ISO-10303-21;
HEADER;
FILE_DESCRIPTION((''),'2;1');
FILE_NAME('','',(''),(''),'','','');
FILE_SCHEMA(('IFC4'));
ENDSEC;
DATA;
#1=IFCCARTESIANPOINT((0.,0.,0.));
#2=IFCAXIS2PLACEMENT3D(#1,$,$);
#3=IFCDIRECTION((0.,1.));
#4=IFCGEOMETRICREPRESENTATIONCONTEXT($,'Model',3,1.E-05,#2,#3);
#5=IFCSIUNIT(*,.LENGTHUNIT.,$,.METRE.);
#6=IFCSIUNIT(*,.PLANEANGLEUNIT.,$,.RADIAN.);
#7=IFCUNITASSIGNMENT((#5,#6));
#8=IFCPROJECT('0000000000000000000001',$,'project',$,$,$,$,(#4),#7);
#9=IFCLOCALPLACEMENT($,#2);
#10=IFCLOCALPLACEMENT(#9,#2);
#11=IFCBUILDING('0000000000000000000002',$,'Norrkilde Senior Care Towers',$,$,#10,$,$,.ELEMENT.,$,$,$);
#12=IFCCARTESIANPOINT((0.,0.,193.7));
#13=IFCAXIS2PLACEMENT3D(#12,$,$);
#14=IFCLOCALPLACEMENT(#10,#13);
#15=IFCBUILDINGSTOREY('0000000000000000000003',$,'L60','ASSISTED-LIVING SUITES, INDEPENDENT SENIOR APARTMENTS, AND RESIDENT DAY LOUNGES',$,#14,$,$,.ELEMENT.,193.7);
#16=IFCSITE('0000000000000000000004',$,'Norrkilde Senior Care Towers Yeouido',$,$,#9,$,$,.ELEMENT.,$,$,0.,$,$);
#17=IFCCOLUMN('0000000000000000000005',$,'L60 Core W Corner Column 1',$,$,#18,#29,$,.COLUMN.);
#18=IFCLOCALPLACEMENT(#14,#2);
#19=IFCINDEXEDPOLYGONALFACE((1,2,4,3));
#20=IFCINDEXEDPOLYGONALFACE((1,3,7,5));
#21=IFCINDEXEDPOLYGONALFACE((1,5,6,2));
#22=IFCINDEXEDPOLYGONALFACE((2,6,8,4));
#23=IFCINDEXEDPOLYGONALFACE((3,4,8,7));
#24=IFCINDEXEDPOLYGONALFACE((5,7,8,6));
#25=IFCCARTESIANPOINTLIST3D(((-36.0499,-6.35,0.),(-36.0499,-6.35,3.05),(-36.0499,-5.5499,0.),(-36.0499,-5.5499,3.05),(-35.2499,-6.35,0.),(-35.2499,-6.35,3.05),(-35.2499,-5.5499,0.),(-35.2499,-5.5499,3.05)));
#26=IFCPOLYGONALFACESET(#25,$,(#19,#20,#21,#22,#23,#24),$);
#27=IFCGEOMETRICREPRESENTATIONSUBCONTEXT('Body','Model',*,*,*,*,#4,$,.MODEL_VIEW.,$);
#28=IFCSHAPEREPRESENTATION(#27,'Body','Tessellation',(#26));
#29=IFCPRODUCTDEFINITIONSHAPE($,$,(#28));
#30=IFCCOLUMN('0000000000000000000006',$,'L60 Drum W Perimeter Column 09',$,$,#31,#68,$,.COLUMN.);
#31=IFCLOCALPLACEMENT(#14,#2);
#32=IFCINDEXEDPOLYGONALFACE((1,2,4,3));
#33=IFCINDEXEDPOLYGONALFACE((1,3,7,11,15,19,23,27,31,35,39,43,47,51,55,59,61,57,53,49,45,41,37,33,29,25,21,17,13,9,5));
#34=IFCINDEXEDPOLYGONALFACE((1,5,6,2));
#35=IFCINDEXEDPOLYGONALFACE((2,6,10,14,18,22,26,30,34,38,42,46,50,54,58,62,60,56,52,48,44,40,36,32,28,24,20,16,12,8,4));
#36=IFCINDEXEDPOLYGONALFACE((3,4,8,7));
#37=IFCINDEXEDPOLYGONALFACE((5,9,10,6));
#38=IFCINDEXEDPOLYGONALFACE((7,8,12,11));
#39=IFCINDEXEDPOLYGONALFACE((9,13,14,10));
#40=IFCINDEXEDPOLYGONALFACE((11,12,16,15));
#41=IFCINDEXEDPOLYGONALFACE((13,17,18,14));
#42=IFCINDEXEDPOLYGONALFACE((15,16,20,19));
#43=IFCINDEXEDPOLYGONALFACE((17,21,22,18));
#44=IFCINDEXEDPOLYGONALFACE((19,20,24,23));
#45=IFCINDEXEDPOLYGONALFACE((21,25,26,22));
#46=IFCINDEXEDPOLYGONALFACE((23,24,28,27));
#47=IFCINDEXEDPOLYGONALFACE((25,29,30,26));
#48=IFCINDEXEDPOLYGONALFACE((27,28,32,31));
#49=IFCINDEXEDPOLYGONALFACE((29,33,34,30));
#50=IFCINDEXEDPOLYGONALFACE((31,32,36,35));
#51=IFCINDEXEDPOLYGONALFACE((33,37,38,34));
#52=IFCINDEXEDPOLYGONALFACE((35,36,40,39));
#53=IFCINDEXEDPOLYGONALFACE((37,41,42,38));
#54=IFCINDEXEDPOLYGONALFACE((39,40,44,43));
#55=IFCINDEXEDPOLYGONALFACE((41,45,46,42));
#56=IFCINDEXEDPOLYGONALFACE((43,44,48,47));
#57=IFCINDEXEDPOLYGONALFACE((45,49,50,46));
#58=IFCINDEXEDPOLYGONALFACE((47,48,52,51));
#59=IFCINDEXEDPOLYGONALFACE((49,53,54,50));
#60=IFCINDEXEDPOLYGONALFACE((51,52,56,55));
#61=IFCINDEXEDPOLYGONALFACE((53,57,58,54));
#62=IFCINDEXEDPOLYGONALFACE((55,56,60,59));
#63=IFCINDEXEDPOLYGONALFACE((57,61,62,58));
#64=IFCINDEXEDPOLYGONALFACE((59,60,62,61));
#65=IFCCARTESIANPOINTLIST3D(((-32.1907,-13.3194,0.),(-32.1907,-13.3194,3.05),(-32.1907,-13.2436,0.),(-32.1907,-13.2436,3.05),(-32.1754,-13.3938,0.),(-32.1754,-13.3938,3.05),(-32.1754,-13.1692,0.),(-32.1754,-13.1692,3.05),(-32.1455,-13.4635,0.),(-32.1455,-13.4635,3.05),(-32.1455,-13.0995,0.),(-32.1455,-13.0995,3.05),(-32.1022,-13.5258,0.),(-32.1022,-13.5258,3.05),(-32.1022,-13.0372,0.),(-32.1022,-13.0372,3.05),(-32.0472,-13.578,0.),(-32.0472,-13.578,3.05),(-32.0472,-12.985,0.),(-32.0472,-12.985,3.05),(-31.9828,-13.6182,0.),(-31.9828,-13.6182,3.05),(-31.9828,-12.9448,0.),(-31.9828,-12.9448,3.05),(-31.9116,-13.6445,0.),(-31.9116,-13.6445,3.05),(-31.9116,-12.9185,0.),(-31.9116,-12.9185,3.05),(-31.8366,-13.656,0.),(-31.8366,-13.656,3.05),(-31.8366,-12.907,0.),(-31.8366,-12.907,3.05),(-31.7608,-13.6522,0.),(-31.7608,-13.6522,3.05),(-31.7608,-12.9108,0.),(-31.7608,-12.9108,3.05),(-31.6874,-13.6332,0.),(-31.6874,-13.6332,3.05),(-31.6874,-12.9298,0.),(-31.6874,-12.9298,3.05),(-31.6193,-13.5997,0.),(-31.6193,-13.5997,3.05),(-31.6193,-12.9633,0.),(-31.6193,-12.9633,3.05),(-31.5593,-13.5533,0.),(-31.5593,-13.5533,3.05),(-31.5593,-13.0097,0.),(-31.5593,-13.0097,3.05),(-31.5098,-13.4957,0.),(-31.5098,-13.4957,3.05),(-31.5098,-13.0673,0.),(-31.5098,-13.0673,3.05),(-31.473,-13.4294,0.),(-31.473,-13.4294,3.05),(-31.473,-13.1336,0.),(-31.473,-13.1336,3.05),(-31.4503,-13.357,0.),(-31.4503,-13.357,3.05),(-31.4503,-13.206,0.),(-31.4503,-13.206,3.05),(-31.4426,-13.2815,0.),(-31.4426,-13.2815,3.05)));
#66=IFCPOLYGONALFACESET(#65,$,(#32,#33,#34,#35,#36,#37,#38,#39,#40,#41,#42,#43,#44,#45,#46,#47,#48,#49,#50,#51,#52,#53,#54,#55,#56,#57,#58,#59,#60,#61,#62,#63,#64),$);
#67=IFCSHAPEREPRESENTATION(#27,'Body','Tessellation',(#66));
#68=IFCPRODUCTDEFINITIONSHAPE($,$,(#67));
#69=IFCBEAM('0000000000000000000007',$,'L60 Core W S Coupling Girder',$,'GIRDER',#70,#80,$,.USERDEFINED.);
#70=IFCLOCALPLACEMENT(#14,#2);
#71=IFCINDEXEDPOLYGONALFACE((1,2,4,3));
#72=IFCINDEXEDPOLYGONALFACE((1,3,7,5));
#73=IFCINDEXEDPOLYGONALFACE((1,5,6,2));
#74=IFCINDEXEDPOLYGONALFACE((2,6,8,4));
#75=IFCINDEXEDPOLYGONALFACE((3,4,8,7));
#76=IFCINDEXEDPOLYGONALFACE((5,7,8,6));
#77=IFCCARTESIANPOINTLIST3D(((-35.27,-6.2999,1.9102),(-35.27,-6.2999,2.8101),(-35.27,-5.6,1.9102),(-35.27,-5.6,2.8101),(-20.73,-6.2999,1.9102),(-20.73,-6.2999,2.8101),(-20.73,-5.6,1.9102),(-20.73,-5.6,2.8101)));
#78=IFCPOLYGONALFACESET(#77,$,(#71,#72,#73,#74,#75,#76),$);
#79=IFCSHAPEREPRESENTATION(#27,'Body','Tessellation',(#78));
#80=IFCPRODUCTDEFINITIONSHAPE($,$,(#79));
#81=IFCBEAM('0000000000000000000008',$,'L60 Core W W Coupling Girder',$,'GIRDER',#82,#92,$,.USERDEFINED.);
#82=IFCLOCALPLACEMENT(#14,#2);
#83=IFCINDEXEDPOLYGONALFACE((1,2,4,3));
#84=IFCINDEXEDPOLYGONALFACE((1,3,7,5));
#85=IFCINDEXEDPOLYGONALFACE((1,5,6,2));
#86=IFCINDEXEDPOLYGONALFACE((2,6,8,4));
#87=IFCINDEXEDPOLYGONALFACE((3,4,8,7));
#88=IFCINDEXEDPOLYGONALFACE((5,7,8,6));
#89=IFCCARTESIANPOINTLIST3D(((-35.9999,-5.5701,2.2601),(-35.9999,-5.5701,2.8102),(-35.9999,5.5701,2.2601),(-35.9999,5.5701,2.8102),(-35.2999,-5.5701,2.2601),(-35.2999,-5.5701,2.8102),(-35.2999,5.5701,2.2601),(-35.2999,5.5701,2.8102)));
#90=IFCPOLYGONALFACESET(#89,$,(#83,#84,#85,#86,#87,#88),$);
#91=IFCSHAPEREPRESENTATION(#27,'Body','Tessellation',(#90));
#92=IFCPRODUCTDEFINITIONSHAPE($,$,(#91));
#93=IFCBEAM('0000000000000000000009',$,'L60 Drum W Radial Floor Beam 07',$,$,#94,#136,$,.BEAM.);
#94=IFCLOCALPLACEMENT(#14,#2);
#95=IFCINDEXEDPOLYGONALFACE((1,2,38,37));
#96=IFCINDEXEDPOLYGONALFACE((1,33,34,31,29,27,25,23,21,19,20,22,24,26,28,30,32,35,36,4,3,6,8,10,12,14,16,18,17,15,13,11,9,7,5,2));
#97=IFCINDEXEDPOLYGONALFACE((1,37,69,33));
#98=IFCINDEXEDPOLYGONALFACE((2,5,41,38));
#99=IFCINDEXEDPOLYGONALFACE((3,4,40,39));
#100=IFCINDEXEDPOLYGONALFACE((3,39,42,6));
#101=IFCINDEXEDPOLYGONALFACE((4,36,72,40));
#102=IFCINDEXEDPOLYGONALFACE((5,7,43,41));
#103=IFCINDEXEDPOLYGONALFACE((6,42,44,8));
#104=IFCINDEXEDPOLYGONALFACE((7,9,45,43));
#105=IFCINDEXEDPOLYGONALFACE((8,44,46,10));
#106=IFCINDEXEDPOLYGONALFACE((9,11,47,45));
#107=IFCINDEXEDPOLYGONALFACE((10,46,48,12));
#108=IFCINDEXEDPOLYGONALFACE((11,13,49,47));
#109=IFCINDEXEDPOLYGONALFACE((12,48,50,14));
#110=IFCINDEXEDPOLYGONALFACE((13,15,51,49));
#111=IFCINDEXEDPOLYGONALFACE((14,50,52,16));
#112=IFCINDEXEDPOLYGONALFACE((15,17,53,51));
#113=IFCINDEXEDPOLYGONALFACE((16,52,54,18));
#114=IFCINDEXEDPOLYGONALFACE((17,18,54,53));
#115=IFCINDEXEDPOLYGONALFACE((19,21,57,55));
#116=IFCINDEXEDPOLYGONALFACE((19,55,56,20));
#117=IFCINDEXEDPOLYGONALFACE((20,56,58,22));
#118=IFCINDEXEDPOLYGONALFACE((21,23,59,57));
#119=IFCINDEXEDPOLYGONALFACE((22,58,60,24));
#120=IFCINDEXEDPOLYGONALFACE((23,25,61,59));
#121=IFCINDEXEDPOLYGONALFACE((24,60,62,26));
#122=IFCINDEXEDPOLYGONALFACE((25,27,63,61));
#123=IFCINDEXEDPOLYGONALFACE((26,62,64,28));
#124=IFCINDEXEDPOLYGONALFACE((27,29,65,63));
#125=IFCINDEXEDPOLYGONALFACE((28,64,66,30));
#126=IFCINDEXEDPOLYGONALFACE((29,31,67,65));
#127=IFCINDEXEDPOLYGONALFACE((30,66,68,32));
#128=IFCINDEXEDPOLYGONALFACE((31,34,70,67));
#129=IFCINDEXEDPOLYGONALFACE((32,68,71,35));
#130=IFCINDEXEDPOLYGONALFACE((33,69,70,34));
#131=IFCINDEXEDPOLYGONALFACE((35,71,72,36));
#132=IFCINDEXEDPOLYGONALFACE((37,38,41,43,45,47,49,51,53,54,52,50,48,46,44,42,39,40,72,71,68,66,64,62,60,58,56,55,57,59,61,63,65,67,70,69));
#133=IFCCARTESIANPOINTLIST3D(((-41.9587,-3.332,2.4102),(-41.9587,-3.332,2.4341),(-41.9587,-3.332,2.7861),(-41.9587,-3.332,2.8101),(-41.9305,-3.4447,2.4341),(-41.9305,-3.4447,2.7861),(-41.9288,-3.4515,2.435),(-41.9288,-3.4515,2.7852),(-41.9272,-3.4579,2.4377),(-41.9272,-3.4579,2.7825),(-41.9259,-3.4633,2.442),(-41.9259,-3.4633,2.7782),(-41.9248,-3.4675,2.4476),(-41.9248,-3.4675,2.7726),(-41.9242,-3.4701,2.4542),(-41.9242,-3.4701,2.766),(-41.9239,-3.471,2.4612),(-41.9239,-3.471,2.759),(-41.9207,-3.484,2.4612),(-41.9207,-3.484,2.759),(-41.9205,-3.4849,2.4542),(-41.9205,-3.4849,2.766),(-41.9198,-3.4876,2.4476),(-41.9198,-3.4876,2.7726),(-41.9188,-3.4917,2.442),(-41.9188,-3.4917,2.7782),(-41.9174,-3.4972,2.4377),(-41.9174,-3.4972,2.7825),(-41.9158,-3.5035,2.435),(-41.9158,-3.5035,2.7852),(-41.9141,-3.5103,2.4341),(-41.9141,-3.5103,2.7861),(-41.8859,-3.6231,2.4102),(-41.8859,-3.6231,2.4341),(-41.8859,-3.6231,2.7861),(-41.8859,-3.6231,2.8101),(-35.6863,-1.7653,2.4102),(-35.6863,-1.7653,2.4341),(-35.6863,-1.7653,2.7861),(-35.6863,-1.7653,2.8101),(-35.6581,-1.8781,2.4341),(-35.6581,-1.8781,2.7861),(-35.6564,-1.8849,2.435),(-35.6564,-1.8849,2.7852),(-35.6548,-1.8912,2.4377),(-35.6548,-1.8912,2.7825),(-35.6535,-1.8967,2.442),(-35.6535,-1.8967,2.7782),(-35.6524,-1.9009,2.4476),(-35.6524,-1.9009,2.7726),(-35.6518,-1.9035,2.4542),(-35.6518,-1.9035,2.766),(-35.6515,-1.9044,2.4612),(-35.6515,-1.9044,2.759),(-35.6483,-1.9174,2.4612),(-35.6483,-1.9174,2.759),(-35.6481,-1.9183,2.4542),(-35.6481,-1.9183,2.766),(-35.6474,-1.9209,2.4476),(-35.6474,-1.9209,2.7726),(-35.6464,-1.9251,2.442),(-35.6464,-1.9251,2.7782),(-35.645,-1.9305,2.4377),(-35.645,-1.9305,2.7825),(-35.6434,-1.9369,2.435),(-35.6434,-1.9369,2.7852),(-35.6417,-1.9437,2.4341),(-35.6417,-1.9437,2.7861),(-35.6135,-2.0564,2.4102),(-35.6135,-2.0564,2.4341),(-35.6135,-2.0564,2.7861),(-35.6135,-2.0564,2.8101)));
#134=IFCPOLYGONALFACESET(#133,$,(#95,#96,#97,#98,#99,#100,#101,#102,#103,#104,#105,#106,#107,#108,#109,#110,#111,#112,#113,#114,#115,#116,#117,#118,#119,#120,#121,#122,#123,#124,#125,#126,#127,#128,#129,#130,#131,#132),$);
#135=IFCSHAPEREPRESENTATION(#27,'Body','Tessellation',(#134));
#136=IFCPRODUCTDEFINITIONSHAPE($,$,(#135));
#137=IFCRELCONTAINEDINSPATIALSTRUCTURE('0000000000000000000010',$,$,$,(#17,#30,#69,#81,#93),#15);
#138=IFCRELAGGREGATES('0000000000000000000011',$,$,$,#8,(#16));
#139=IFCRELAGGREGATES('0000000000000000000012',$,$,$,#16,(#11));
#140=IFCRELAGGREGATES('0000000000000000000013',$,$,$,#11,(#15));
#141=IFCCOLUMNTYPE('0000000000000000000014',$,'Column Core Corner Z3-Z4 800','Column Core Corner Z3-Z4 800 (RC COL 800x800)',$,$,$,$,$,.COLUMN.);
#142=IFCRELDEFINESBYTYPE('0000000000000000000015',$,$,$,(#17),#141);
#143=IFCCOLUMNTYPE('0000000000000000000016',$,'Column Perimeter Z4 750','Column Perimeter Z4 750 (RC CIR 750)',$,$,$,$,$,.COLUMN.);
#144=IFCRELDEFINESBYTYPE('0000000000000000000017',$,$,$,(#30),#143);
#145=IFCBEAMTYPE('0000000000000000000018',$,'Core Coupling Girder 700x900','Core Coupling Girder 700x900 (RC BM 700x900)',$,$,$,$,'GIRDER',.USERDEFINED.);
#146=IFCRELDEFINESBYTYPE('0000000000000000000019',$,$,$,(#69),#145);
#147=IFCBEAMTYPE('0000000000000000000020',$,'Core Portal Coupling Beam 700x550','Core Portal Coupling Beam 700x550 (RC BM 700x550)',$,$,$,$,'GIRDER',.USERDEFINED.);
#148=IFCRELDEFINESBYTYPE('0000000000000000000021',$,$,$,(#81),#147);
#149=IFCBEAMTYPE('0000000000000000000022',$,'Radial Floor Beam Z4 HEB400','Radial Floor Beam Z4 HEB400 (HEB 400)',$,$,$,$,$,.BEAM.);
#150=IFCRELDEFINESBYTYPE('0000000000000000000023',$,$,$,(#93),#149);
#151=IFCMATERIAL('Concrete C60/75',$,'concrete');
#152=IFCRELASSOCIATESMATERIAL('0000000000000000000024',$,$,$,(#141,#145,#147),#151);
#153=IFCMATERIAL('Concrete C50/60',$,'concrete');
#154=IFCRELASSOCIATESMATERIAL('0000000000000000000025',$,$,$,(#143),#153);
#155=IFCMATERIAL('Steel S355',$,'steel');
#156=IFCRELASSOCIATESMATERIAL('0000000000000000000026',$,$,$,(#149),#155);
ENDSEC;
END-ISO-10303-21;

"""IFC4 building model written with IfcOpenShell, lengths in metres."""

from ifc_helpers import new_model, si_unit, direction, frame, origin, origin_2d, place, context, subcontext, project, spatial, rectangle, circle, i_section, extrude, source, transform, mapped, material, material_profile, profile_set, type_object, type_shapes, element, save


model = new_model("IFC4")

# Units and contexts
model_context = context("Model", 3, precision=1e-05, world=origin(), true_north=direction((0.0, 1.0)))
body_context = subcontext(model_context, "Body", "Model", "MODEL_VIEW")
ifc_project = project(units=[si_unit("LENGTHUNIT", "METRE"), si_unit("PLANEANGLEUNIT", "RADIAN")], contexts=[model_context])

# Site, building, storey
site_placement = place(None, origin())
site = spatial("IfcSite", under=ifc_project, at=site_placement, Name="Norrkilde Senior Care Towers Yeouido", CompositionType="ELEMENT", RefElevation=0.0)
building_placement = place(site_placement, origin())
building = spatial("IfcBuilding", under=site, at=building_placement, Name="Norrkilde Senior Care Towers", CompositionType="ELEMENT")
storey_placement = place(building_placement, frame((0.0, 0.0, 193.7)))
storey = spatial("IfcBuildingStorey", under=building, at=storey_placement, Name="L60", Description="ASSISTED-LIVING SUITES, INDEPENDENT SENIOR APARTMENTS, AND RESIDENT DAY LOUNGES", CompositionType="ELEMENT", Elevation=193.7)

# Columns
ifc_material_1 = material(Name="Concrete C60/75", Category="concrete")
ifc_material_profile_1 = material_profile(ifc_material_1, rectangle(XDim=0.8, YDim=0.8, at=origin_2d()), Name="RC COL 800x800")
ifc_profile_set_1 = profile_set([ifc_material_profile_1], Name="Concrete C60/75")
column_type_1 = type_object("IfcColumnType", Name="Column Core Corner Z3-Z4 800", Description="Column Core Corner Z3-Z4 800 (RC COL 800x800)", PredefinedType="COLUMN", material=ifc_profile_set_1)
shared_shape_1 = source(origin(), body_context, "Body", "SweptSolid", [
    extrude(rectangle(XDim=0.8, YDim=0.8, at=origin_2d()), origin(), (0.0, 0.0, 1.0), 3.05),
])
type_shapes(column_type_1, [shared_shape_1])
column_1_placement = place(storey_placement, frame((-35.6499, -5.95, 0.0), z_axis=(0.0, 0.0, 1.0), x_axis=(1.0, 0.0, 0.0)))
element("IfcColumn", 1, at=column_1_placement, inside=storey, type_object=column_type_1, Name="L60 Core W Corner Column 1", PredefinedType="COLUMN", context=body_context, shape_type="MappedRepresentation", body=[
    mapped(shared_shape_1, transform((0.0, 0.0, 0.0), x_axis=(1.0, 0.0, 0.0), y_axis=(0.0, 1.0, 0.0), z_axis=(0.0, 0.0, 1.0), scale=1.0)),
])
ifc_material_2 = material(Name="Concrete C50/60", Category="concrete")
ifc_material_profile_2 = material_profile(ifc_material_2, circle(Radius=0.375, at=origin_2d()), Name="RC CIR 750")
ifc_profile_set_2 = profile_set([ifc_material_profile_2], Name="Concrete C50/60")
column_type_2 = type_object("IfcColumnType", Name="Column Perimeter Z4 750", Description="Column Perimeter Z4 750 (RC CIR 750)", PredefinedType="COLUMN", material=ifc_profile_set_2)
shared_shape_2 = source(origin(), body_context, "Body", "SweptSolid", [
    extrude(circle(Radius=0.375, at=origin_2d()), origin(), (0.0, 0.0, 1.0), 3.05),
])
type_shapes(column_type_2, [shared_shape_2])
column_2_placement = place(storey_placement, frame((-31.8176, -13.2815, 0.0), z_axis=(0.0, 0.0, 1.0), x_axis=(1.0, 0.0, 0.0)))
element("IfcColumn", 2, at=column_2_placement, inside=storey, type_object=column_type_2, Name="L60 Drum W Perimeter Column 09", PredefinedType="COLUMN", context=body_context, shape_type="MappedRepresentation", body=[
    mapped(shared_shape_2, transform((0.0, 0.0, 0.0), x_axis=(1.0, 0.0, 0.0), y_axis=(0.0, 1.0, 0.0), z_axis=(0.0, 0.0, 1.0), scale=1.0)),
])

# Beams
ifc_material_profile_3 = material_profile(ifc_material_1, rectangle(XDim=0.7, YDim=0.8999, at=origin_2d()), Name="RC BM 700x900")
ifc_profile_set_3 = profile_set([ifc_material_profile_3], Name="Concrete C60/75")
beam_type_1 = type_object("IfcBeamType", Name="Core Coupling Girder 700x900", Description="Core Coupling Girder 700x900 (RC BM 700x900)", ElementType="GIRDER", PredefinedType="USERDEFINED", material=ifc_profile_set_3)
shared_shape_3 = source(origin(), body_context, "Body", "SweptSolid", [
    extrude(rectangle(XDim=0.7, YDim=0.8999, at=origin_2d()), origin(), (0.0, 0.0, 1.0), 14.54),
])
type_shapes(beam_type_1, [shared_shape_3])
beam_1_placement = place(storey_placement, frame((-35.27, -5.95, 2.3601), z_axis=(1.0, 0.0, 0.0), x_axis=(0.0, 1.0, 0.0)))
element("IfcBeam", 3, at=beam_1_placement, inside=storey, type_object=beam_type_1, Name="L60 Core W S Coupling Girder", ObjectType="GIRDER", PredefinedType="USERDEFINED", context=body_context, shape_type="MappedRepresentation", body=[
    mapped(shared_shape_3, transform((0.0, 0.0, 0.0), x_axis=(1.0, 0.0, 0.0), y_axis=(0.0, 1.0, 0.0), z_axis=(0.0, 0.0, 1.0), scale=1.0)),
])
ifc_material_profile_4 = material_profile(ifc_material_1, rectangle(XDim=0.7, YDim=0.55, at=origin_2d()), Name="RC BM 700x550")
ifc_profile_set_4 = profile_set([ifc_material_profile_4], Name="Concrete C60/75")
beam_type_2 = type_object("IfcBeamType", Name="Core Portal Coupling Beam 700x550", Description="Core Portal Coupling Beam 700x550 (RC BM 700x550)", ElementType="GIRDER", PredefinedType="USERDEFINED", material=ifc_profile_set_4)
shared_shape_4 = source(origin(), body_context, "Body", "SweptSolid", [
    extrude(rectangle(XDim=0.7, YDim=0.55, at=origin_2d()), origin(), (0.0, 0.0, 1.0), 11.1401),
])
type_shapes(beam_type_2, [shared_shape_4])
beam_2_placement = place(storey_placement, frame((-35.6499, -5.5701, 2.5352), z_axis=(0.0, 1.0, 0.0), x_axis=(-1.0, 0.0, 0.0)))
element("IfcBeam", 4, at=beam_2_placement, inside=storey, type_object=beam_type_2, Name="L60 Core W W Coupling Girder", ObjectType="GIRDER", PredefinedType="USERDEFINED", context=body_context, shape_type="MappedRepresentation", body=[
    mapped(shared_shape_4, transform((0.0, 0.0, 0.0), x_axis=(1.0, 0.0, 0.0), y_axis=(0.0, 1.0, 0.0), z_axis=(0.0, 0.0, 1.0), scale=1.0)),
])
ifc_material_3 = material(Name="Steel S355", Category="steel")
ifc_material_profile_5 = material_profile(ifc_material_3, i_section(OverallWidth=0.3, OverallDepth=0.3999, WebThickness=0.0134, FlangeThickness=0.0239, FilletRadius=0.0271, at=origin_2d()), Name="HEB 400")
ifc_profile_set_5 = profile_set([ifc_material_profile_5], Name="Steel S355")
beam_type_3 = type_object("IfcBeamType", Name="Radial Floor Beam Z4 HEB400", Description="Radial Floor Beam Z4 HEB400 (HEB 400)", PredefinedType="BEAM", material=ifc_profile_set_5)
shared_shape_5 = source(origin(), body_context, "Body", "SweptSolid", [
    extrude(i_section(OverallWidth=0.3, OverallDepth=0.3999, WebThickness=0.0134, FlangeThickness=0.0239, FilletRadius=0.0271, at=origin_2d()), origin(), (0.0, 0.0, 1.0), 6.4651),
])
beam_3_placement = place(storey_placement, frame((-35.6499, -1.9109, 2.6101), z_axis=(-0.970196, -0.242322, 0.0), x_axis=(0.242322, -0.970196, 0.0)))
element("IfcBeam", 5, at=beam_3_placement, inside=storey, type_object=beam_type_3, Name="L60 Drum W Radial Floor Beam 07", PredefinedType="BEAM", context=body_context, shape_type="MappedRepresentation", body=[
    mapped(shared_shape_5, transform((0.0, 0.0, 0.0), x_axis=(1.0, 0.0, 0.0), y_axis=(0.0, 1.0, 0.0), z_axis=(0.0, 0.0, 1.0), scale=1.0)),
])

save(model, "model.ifc")
